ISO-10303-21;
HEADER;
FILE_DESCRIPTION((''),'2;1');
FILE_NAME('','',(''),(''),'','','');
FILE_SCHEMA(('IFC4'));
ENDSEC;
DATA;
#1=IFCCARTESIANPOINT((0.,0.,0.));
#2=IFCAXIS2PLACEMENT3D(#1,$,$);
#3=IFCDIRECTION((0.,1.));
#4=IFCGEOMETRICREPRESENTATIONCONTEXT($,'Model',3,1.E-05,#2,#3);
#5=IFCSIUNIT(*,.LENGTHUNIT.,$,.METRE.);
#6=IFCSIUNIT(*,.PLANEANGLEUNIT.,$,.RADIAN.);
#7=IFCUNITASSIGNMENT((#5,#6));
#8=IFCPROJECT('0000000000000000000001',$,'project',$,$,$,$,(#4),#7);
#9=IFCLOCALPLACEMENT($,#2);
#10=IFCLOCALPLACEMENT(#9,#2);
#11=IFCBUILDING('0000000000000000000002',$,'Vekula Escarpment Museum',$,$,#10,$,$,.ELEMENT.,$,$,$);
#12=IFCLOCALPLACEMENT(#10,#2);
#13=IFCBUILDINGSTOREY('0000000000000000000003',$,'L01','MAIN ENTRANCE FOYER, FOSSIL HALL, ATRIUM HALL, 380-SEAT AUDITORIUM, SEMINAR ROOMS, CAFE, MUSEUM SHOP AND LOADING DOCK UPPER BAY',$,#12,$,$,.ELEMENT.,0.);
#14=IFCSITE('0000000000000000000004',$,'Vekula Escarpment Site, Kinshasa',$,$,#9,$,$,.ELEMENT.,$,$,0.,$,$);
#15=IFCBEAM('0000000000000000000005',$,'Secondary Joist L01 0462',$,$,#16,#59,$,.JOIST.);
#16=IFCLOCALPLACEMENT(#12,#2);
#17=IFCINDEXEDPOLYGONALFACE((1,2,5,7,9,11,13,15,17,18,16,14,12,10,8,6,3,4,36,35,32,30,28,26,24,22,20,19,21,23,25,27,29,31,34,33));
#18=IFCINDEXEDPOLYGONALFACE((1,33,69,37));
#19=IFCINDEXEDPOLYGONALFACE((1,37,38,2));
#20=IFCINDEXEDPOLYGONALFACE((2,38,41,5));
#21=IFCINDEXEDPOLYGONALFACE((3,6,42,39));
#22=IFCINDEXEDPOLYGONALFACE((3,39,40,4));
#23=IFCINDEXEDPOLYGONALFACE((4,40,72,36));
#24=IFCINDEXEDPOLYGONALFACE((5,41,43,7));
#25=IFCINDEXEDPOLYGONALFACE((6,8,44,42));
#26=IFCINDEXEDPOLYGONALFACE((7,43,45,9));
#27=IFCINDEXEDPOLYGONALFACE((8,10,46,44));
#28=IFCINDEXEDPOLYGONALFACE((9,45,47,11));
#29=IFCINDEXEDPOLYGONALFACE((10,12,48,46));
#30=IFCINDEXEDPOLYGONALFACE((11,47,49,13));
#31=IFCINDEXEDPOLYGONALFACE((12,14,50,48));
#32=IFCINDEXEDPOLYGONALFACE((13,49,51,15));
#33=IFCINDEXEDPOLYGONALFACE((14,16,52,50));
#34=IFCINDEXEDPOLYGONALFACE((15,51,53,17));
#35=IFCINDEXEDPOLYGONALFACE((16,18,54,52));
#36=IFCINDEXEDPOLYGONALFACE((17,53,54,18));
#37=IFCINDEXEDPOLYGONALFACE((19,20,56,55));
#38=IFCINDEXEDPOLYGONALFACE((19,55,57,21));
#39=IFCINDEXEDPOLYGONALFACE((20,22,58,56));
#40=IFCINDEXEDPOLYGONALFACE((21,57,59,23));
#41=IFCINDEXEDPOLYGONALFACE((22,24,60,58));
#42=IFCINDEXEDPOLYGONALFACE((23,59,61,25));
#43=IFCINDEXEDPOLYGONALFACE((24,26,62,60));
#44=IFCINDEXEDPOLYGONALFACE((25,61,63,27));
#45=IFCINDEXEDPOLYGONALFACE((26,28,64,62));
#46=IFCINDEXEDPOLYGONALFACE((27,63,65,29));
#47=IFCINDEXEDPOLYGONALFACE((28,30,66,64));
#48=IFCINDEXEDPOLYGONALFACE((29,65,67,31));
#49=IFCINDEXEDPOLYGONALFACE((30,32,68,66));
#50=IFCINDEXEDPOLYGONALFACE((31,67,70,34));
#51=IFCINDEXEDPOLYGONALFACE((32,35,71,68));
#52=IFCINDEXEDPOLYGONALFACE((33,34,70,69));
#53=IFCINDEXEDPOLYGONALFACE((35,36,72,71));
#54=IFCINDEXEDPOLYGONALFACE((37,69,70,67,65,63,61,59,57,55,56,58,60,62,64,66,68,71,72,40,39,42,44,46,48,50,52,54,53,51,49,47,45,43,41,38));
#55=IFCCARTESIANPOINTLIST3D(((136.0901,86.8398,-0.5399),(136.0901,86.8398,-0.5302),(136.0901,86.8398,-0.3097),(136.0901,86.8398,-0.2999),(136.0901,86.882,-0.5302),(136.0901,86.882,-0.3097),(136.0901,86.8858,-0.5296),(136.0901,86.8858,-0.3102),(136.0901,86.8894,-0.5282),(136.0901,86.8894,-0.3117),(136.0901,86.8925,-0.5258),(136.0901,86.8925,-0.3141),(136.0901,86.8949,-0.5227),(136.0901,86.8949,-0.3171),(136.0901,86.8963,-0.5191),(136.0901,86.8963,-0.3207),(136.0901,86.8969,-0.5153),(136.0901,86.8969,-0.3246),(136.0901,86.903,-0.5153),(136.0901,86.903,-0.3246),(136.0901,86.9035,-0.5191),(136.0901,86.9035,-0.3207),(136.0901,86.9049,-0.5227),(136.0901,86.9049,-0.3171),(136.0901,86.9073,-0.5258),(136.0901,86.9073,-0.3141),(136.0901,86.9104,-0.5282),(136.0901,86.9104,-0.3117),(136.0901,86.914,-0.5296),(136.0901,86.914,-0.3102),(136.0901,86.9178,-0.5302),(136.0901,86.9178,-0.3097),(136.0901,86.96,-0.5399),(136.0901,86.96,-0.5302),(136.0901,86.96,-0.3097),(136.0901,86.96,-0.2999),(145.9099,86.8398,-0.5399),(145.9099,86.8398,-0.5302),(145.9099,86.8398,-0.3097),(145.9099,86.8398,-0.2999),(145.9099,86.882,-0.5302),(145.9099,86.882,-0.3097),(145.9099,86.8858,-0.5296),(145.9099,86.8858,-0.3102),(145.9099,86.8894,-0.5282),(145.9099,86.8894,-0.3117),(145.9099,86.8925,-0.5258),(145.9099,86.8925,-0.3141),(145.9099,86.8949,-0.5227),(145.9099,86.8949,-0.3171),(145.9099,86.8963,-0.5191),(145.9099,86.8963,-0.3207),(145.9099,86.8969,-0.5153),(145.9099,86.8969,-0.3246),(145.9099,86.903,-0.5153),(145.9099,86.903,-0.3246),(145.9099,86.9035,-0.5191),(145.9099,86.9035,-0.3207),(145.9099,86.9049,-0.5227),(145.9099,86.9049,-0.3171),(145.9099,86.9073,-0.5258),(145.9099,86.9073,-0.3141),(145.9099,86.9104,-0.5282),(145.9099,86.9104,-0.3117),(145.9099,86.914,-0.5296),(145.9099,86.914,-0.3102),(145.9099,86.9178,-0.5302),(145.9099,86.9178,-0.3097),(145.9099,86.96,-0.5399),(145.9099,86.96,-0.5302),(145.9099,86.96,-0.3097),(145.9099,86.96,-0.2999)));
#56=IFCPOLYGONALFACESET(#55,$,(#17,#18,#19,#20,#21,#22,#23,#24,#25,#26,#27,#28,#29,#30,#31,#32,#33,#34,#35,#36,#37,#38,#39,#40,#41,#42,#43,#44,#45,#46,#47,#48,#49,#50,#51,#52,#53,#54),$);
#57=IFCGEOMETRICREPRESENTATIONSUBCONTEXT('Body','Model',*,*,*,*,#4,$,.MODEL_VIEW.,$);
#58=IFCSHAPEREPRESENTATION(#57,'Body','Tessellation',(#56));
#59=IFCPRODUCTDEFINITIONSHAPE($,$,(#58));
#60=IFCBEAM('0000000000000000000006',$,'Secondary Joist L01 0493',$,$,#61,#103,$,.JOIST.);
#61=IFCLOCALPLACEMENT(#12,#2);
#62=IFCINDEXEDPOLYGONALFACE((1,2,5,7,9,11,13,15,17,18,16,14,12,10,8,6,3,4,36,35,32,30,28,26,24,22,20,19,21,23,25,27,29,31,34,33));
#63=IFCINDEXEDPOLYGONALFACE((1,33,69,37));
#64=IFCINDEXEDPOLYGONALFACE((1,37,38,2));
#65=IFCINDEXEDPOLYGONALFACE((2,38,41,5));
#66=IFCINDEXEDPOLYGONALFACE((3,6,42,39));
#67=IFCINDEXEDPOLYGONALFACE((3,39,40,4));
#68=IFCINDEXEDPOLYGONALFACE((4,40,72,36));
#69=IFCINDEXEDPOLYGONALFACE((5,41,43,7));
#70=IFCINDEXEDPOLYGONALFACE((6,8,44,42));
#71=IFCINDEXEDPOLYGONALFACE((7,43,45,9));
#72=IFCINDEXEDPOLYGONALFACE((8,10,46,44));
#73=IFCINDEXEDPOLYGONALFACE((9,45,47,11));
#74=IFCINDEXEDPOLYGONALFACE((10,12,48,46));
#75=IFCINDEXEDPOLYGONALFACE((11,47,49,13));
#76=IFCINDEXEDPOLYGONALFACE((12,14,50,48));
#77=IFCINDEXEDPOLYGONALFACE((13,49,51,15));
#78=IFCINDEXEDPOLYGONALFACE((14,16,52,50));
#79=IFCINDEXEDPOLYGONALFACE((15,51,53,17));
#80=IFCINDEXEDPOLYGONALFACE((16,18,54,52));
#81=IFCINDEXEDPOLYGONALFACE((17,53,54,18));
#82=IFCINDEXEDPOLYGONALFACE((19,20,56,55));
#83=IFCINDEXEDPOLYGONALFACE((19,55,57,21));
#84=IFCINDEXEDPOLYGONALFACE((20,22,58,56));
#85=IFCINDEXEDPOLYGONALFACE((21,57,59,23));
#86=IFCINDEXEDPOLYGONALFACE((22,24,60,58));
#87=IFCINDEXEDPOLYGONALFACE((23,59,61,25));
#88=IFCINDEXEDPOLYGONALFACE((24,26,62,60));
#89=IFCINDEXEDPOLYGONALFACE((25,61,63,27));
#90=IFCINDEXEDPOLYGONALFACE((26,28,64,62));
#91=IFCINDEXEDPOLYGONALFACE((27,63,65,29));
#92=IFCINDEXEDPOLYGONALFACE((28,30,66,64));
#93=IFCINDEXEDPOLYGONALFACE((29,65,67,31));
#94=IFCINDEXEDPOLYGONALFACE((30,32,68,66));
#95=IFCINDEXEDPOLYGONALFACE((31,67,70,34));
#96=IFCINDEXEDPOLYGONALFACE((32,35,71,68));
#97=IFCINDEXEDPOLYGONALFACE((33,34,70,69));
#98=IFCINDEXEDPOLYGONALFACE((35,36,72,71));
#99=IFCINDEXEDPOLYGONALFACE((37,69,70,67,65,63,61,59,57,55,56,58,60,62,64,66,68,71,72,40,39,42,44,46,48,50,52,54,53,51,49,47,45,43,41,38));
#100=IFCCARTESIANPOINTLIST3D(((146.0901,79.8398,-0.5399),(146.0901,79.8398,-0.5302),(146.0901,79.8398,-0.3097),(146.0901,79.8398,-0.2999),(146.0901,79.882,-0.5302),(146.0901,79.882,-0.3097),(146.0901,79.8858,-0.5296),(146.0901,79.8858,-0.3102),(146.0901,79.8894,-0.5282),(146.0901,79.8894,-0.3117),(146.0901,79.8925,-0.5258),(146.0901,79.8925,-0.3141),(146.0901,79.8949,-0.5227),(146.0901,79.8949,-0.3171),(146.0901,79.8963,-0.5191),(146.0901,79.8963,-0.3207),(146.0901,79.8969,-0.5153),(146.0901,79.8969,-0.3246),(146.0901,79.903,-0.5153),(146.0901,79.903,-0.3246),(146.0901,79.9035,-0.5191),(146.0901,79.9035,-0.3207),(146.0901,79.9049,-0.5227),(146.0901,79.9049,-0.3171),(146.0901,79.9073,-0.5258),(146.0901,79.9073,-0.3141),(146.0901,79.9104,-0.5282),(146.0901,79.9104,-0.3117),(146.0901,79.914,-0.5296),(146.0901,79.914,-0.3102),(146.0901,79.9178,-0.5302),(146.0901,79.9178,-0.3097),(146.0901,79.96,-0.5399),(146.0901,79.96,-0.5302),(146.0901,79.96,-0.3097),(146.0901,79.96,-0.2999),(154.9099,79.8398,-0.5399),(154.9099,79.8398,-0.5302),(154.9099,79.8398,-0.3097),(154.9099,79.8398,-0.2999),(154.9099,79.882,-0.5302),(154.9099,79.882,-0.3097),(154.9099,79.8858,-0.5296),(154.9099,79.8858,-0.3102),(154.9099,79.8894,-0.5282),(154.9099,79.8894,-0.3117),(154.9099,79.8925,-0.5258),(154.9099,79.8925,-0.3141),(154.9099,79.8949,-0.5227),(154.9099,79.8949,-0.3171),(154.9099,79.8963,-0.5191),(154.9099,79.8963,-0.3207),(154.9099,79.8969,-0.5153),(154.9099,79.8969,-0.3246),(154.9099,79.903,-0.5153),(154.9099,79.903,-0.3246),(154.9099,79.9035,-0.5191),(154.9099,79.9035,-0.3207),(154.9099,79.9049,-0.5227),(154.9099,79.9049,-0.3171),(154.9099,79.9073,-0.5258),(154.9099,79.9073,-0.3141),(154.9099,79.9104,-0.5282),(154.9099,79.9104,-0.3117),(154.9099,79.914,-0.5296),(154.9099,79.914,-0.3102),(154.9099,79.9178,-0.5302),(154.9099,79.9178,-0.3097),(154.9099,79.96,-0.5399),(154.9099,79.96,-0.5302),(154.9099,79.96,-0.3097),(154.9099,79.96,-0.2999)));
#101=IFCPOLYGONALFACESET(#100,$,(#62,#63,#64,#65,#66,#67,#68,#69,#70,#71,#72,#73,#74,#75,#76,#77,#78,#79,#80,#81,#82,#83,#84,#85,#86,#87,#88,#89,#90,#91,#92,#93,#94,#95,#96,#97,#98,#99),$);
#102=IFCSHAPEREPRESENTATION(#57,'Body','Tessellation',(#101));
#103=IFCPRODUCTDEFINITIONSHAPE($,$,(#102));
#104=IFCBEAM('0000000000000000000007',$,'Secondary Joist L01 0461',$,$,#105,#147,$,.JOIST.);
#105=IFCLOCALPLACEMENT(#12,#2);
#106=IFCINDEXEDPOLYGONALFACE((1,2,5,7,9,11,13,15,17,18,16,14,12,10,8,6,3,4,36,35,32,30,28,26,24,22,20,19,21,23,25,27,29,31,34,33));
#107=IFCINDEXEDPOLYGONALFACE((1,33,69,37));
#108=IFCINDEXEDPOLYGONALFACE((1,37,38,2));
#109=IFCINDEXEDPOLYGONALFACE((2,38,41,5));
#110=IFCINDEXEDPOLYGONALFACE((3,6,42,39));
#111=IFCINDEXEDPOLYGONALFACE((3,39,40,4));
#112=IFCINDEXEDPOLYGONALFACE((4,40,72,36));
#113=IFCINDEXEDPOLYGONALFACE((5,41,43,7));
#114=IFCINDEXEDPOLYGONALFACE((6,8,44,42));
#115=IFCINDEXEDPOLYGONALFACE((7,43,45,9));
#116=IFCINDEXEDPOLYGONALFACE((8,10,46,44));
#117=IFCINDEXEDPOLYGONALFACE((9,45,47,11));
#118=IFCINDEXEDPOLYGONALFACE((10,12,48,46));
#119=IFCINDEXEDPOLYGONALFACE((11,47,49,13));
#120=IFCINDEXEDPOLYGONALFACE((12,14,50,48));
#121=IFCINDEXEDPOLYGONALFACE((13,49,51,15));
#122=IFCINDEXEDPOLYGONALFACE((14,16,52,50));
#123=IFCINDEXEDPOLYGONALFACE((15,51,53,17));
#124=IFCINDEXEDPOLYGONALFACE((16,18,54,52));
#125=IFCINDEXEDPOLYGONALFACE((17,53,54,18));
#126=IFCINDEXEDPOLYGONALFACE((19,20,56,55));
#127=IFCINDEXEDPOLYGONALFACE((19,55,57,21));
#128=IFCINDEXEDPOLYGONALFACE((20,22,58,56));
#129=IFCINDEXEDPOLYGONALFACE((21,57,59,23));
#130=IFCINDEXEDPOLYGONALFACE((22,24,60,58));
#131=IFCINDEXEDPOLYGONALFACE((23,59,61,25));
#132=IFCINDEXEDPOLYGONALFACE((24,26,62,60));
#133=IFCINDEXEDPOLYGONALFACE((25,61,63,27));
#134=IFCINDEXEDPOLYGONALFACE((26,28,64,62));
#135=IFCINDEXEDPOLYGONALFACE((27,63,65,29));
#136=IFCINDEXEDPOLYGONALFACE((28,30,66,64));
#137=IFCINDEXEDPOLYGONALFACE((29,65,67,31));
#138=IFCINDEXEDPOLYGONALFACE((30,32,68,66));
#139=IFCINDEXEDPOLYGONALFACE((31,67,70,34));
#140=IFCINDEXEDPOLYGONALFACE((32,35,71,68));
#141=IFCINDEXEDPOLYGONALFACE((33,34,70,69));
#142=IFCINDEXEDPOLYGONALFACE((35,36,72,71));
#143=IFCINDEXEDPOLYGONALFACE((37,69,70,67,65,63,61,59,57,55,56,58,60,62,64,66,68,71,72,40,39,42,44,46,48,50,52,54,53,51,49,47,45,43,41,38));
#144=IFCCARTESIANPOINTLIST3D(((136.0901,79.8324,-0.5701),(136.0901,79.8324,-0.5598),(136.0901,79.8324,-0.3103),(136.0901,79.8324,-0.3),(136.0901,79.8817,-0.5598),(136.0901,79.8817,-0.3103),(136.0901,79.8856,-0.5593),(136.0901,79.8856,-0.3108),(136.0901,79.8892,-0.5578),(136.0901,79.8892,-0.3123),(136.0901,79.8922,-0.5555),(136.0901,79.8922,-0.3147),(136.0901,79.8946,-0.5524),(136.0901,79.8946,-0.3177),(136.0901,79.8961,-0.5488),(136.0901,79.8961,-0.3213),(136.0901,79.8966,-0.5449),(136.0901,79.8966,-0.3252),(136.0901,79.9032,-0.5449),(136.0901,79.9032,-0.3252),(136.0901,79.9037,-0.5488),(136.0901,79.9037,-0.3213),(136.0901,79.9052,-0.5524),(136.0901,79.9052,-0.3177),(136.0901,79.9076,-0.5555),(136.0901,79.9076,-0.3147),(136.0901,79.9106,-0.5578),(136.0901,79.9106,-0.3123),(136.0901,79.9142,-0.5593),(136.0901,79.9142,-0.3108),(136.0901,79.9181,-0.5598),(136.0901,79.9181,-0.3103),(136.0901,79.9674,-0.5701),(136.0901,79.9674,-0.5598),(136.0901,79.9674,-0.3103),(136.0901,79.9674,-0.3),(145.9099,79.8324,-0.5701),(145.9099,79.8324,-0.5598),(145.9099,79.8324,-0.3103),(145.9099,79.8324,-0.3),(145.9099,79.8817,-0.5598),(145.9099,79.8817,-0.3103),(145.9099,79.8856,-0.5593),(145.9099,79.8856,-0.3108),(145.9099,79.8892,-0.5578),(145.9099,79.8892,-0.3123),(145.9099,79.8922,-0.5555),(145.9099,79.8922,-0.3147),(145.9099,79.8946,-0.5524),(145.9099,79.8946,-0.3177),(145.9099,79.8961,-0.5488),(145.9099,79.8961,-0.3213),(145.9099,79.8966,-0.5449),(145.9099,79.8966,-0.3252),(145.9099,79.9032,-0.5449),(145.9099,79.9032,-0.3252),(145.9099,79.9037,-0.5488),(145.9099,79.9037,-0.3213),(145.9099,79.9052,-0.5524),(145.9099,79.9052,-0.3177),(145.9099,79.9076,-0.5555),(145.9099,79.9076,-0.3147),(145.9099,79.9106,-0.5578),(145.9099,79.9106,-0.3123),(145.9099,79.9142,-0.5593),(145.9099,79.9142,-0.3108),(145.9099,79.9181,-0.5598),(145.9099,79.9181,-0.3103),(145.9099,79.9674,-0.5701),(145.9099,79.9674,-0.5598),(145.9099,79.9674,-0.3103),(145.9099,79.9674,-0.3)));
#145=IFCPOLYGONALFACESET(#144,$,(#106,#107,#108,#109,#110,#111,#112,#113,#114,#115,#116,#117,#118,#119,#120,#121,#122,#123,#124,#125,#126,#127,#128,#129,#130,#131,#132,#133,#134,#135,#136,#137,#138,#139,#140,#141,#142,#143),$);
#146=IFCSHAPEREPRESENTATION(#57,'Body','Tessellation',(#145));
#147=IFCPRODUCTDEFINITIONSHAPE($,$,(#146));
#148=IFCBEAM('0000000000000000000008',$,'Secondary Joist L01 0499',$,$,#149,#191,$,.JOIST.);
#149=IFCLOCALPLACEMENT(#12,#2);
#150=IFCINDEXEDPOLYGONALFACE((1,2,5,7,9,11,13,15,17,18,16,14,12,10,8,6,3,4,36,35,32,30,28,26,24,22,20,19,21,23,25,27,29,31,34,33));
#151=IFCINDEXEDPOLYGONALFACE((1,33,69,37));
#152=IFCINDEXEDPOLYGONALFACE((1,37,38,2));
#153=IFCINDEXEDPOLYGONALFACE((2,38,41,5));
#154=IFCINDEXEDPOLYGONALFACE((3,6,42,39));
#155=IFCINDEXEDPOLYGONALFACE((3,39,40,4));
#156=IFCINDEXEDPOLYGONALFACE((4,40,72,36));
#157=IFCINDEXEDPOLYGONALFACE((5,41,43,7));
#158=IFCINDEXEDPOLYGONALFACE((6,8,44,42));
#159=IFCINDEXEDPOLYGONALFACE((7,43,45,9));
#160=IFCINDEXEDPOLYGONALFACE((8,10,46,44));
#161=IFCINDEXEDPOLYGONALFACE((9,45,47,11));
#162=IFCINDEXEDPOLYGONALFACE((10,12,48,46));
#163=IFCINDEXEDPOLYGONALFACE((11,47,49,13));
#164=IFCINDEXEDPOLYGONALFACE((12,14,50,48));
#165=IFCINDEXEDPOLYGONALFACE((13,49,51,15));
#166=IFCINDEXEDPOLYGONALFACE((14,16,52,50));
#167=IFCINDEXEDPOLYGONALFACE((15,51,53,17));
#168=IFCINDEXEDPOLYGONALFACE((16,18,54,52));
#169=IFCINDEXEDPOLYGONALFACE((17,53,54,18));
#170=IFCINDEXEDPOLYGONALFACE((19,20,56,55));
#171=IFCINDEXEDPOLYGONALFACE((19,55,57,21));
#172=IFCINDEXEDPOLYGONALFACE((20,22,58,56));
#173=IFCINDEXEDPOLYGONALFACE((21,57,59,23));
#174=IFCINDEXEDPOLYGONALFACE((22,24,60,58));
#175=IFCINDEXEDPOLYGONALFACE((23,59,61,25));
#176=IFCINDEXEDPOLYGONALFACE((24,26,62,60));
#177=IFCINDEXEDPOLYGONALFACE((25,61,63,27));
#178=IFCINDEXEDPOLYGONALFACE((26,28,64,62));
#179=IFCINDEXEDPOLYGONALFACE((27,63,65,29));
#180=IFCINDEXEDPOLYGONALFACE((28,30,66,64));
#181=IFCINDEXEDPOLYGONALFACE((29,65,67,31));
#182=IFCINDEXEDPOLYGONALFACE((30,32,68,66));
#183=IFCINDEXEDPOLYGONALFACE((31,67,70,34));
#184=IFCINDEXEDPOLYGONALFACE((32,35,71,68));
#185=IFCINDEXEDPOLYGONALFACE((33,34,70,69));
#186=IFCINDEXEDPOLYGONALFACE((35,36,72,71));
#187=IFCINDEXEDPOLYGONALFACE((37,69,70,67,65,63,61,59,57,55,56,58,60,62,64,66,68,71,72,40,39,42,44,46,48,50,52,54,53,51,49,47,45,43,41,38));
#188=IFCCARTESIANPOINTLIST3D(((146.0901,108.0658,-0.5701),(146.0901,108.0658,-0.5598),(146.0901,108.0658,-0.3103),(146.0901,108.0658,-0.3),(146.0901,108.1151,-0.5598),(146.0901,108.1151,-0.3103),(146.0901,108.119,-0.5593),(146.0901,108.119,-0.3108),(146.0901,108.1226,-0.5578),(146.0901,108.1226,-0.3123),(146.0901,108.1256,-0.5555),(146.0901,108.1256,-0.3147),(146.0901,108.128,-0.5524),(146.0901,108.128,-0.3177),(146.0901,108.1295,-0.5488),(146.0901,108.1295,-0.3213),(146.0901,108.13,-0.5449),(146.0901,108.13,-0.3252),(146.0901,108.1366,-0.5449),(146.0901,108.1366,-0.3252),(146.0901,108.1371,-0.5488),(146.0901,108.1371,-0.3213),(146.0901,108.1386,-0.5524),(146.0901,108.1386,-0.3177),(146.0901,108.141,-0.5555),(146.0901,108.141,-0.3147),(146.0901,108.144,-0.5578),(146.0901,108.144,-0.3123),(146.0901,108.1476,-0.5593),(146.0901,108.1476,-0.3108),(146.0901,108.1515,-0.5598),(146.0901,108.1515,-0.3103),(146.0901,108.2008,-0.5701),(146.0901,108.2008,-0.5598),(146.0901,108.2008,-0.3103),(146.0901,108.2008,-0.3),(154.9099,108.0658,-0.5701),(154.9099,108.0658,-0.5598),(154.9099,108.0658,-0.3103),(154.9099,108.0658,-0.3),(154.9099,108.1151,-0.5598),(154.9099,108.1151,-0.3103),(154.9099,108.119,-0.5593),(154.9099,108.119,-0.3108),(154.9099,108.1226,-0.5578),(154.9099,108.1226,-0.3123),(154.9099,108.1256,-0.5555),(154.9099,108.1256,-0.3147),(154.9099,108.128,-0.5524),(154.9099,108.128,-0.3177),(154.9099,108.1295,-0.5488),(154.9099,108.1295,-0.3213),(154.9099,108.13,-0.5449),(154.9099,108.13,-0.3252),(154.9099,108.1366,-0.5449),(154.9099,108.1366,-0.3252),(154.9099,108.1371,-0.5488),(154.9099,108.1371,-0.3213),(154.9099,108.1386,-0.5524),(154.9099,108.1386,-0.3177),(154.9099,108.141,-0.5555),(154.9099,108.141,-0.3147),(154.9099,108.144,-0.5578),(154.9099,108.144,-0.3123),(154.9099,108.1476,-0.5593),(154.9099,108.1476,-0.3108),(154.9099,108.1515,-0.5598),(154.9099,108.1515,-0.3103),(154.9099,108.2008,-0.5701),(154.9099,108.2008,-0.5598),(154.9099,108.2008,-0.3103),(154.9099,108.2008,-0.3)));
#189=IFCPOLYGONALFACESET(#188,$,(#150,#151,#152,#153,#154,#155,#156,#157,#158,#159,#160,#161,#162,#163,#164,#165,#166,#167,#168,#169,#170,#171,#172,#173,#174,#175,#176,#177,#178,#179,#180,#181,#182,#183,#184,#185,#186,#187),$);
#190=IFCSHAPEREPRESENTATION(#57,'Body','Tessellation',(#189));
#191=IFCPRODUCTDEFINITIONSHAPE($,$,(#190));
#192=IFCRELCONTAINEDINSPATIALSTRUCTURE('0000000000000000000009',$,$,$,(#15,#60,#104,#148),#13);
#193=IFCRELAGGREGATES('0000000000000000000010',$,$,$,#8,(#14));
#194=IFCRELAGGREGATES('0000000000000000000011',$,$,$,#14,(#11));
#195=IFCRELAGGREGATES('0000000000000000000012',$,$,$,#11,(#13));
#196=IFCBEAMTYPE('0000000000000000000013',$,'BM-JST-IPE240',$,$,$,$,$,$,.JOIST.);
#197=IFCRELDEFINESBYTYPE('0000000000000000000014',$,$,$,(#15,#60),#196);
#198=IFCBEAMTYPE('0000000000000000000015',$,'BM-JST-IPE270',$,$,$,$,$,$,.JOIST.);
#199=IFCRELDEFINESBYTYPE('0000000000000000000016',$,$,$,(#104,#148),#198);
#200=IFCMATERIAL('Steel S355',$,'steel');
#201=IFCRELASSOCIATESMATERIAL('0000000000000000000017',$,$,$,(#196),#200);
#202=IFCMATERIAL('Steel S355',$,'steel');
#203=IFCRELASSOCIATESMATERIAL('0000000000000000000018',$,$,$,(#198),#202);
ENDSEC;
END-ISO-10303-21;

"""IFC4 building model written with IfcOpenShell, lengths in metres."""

from ifc_helpers import new_model, si_unit, direction, frame, origin, origin_2d, place, context, subcontext, project, spatial, i_section, extrude, material, material_profile, profile_set, type_object, element, save


model = new_model("IFC4")

# Units and contexts
model_context = context("Model", 3, precision=1e-05, world=origin(), true_north=direction((0.0, 1.0)))
body_context = subcontext(model_context, "Body", "Model", "MODEL_VIEW")
ifc_project = project(units=[si_unit("LENGTHUNIT", "METRE"), si_unit("PLANEANGLEUNIT", "RADIAN")], contexts=[model_context])

# Site, building, storey
site_placement = place(None, origin())
site = spatial("IfcSite", under=ifc_project, at=site_placement, Name="Vekula Escarpment Site, Kinshasa", CompositionType="ELEMENT", RefElevation=0.0)
building_placement = place(site_placement, origin())
building = spatial("IfcBuilding", under=site, at=building_placement, Name="Vekula Escarpment Museum", CompositionType="ELEMENT")
storey_placement = place(building_placement, origin())
storey = spatial("IfcBuildingStorey", under=building, at=storey_placement, Name="L01", Description="MAIN ENTRANCE FOYER, FOSSIL HALL, ATRIUM HALL, 380-SEAT AUDITORIUM, SEMINAR ROOMS, CAFE, MUSEUM SHOP AND LOADING DOCK UPPER BAY", CompositionType="ELEMENT", Elevation=0.0)

# Beams
ifc_material_1 = material(Name="Steel S355", Category="steel")
ifc_material_profile_1 = material_profile(ifc_material_1, i_section(OverallWidth=0.1201, OverallDepth=0.24, WebThickness=0.0061, FlangeThickness=0.0098, FilletRadius=0.0149, at=origin_2d()), Name="IPE 240")
ifc_profile_set_1 = profile_set([ifc_material_profile_1], Name="Steel S355")
beam_type_1 = type_object("IfcBeamType", Name="BM-JST-IPE240", PredefinedType="JOIST", material=ifc_profile_set_1)
beam_1_placement = place(storey_placement, frame((136.0901, 86.8999, -0.4199), z_axis=(1.0, 0.0, 0.0), x_axis=(0.0, 1.0, 0.0)))
element("IfcBeam", 1, at=beam_1_placement, inside=storey, type_object=beam_type_1, Name="Secondary Joist L01 0462", PredefinedType="JOIST", context=body_context, shape_type="SweptSolid", body=[
    extrude(i_section(OverallWidth=0.1201, OverallDepth=0.24, WebThickness=0.0061, FlangeThickness=0.0098, FilletRadius=0.0149, at=origin_2d()), origin(), (0.0, 0.0, 1.0), 9.8198),
])
beam_2_placement = place(storey_placement, frame((146.0901, 79.8999, -0.4199), z_axis=(1.0, 0.0, 0.0), x_axis=(0.0, 1.0, 0.0)))
element("IfcBeam", 2, at=beam_2_placement, inside=storey, type_object=beam_type_1, Name="Secondary Joist L01 0493", PredefinedType="JOIST", context=body_context, shape_type="SweptSolid", body=[
    extrude(i_section(OverallWidth=0.1201, OverallDepth=0.24, WebThickness=0.0061, FlangeThickness=0.0098, FilletRadius=0.0149, at=origin_2d()), origin(), (0.0, 0.0, 1.0), 8.8198),
])
ifc_material_2 = material(Name="Steel S355", Category="steel")
ifc_material_profile_2 = material_profile(ifc_material_2, i_section(OverallWidth=0.135, OverallDepth=0.27, WebThickness=0.0066, FlangeThickness=0.0103, FilletRadius=0.0149, at=origin_2d()), Name="IPE 270")
ifc_profile_set_2 = profile_set([ifc_material_profile_2], Name="Steel S355")
beam_type_2 = type_object("IfcBeamType", Name="BM-JST-IPE270", PredefinedType="JOIST", material=ifc_profile_set_2)
beam_3_placement = place(storey_placement, frame((136.0901, 79.8999, -0.4351), z_axis=(1.0, 0.0, 0.0), x_axis=(0.0, 1.0, 0.0)))
element("IfcBeam", 3, at=beam_3_placement, inside=storey, type_object=beam_type_2, Name="Secondary Joist L01 0461", PredefinedType="JOIST", context=body_context, shape_type="SweptSolid", body=[
    extrude(i_section(OverallWidth=0.135, OverallDepth=0.27, WebThickness=0.0066, FlangeThickness=0.0103, FilletRadius=0.0149, at=origin_2d()), origin(), (0.0, 0.0, 1.0), 9.8198),
])
beam_4_placement = place(storey_placement, frame((146.0901, 108.1333, -0.4351), z_axis=(1.0, 0.0, 0.0), x_axis=(0.0, 1.0, 0.0)))
element("IfcBeam", 4, at=beam_4_placement, inside=storey, type_object=beam_type_2, Name="Secondary Joist L01 0499", PredefinedType="JOIST", context=body_context, shape_type="SweptSolid", body=[
    extrude(i_section(OverallWidth=0.135, OverallDepth=0.27, WebThickness=0.0066, FlangeThickness=0.0103, FilletRadius=0.0149, at=origin_2d()), origin(), (0.0, 0.0, 1.0), 8.8198),
])

save(model, "model.ifc")
